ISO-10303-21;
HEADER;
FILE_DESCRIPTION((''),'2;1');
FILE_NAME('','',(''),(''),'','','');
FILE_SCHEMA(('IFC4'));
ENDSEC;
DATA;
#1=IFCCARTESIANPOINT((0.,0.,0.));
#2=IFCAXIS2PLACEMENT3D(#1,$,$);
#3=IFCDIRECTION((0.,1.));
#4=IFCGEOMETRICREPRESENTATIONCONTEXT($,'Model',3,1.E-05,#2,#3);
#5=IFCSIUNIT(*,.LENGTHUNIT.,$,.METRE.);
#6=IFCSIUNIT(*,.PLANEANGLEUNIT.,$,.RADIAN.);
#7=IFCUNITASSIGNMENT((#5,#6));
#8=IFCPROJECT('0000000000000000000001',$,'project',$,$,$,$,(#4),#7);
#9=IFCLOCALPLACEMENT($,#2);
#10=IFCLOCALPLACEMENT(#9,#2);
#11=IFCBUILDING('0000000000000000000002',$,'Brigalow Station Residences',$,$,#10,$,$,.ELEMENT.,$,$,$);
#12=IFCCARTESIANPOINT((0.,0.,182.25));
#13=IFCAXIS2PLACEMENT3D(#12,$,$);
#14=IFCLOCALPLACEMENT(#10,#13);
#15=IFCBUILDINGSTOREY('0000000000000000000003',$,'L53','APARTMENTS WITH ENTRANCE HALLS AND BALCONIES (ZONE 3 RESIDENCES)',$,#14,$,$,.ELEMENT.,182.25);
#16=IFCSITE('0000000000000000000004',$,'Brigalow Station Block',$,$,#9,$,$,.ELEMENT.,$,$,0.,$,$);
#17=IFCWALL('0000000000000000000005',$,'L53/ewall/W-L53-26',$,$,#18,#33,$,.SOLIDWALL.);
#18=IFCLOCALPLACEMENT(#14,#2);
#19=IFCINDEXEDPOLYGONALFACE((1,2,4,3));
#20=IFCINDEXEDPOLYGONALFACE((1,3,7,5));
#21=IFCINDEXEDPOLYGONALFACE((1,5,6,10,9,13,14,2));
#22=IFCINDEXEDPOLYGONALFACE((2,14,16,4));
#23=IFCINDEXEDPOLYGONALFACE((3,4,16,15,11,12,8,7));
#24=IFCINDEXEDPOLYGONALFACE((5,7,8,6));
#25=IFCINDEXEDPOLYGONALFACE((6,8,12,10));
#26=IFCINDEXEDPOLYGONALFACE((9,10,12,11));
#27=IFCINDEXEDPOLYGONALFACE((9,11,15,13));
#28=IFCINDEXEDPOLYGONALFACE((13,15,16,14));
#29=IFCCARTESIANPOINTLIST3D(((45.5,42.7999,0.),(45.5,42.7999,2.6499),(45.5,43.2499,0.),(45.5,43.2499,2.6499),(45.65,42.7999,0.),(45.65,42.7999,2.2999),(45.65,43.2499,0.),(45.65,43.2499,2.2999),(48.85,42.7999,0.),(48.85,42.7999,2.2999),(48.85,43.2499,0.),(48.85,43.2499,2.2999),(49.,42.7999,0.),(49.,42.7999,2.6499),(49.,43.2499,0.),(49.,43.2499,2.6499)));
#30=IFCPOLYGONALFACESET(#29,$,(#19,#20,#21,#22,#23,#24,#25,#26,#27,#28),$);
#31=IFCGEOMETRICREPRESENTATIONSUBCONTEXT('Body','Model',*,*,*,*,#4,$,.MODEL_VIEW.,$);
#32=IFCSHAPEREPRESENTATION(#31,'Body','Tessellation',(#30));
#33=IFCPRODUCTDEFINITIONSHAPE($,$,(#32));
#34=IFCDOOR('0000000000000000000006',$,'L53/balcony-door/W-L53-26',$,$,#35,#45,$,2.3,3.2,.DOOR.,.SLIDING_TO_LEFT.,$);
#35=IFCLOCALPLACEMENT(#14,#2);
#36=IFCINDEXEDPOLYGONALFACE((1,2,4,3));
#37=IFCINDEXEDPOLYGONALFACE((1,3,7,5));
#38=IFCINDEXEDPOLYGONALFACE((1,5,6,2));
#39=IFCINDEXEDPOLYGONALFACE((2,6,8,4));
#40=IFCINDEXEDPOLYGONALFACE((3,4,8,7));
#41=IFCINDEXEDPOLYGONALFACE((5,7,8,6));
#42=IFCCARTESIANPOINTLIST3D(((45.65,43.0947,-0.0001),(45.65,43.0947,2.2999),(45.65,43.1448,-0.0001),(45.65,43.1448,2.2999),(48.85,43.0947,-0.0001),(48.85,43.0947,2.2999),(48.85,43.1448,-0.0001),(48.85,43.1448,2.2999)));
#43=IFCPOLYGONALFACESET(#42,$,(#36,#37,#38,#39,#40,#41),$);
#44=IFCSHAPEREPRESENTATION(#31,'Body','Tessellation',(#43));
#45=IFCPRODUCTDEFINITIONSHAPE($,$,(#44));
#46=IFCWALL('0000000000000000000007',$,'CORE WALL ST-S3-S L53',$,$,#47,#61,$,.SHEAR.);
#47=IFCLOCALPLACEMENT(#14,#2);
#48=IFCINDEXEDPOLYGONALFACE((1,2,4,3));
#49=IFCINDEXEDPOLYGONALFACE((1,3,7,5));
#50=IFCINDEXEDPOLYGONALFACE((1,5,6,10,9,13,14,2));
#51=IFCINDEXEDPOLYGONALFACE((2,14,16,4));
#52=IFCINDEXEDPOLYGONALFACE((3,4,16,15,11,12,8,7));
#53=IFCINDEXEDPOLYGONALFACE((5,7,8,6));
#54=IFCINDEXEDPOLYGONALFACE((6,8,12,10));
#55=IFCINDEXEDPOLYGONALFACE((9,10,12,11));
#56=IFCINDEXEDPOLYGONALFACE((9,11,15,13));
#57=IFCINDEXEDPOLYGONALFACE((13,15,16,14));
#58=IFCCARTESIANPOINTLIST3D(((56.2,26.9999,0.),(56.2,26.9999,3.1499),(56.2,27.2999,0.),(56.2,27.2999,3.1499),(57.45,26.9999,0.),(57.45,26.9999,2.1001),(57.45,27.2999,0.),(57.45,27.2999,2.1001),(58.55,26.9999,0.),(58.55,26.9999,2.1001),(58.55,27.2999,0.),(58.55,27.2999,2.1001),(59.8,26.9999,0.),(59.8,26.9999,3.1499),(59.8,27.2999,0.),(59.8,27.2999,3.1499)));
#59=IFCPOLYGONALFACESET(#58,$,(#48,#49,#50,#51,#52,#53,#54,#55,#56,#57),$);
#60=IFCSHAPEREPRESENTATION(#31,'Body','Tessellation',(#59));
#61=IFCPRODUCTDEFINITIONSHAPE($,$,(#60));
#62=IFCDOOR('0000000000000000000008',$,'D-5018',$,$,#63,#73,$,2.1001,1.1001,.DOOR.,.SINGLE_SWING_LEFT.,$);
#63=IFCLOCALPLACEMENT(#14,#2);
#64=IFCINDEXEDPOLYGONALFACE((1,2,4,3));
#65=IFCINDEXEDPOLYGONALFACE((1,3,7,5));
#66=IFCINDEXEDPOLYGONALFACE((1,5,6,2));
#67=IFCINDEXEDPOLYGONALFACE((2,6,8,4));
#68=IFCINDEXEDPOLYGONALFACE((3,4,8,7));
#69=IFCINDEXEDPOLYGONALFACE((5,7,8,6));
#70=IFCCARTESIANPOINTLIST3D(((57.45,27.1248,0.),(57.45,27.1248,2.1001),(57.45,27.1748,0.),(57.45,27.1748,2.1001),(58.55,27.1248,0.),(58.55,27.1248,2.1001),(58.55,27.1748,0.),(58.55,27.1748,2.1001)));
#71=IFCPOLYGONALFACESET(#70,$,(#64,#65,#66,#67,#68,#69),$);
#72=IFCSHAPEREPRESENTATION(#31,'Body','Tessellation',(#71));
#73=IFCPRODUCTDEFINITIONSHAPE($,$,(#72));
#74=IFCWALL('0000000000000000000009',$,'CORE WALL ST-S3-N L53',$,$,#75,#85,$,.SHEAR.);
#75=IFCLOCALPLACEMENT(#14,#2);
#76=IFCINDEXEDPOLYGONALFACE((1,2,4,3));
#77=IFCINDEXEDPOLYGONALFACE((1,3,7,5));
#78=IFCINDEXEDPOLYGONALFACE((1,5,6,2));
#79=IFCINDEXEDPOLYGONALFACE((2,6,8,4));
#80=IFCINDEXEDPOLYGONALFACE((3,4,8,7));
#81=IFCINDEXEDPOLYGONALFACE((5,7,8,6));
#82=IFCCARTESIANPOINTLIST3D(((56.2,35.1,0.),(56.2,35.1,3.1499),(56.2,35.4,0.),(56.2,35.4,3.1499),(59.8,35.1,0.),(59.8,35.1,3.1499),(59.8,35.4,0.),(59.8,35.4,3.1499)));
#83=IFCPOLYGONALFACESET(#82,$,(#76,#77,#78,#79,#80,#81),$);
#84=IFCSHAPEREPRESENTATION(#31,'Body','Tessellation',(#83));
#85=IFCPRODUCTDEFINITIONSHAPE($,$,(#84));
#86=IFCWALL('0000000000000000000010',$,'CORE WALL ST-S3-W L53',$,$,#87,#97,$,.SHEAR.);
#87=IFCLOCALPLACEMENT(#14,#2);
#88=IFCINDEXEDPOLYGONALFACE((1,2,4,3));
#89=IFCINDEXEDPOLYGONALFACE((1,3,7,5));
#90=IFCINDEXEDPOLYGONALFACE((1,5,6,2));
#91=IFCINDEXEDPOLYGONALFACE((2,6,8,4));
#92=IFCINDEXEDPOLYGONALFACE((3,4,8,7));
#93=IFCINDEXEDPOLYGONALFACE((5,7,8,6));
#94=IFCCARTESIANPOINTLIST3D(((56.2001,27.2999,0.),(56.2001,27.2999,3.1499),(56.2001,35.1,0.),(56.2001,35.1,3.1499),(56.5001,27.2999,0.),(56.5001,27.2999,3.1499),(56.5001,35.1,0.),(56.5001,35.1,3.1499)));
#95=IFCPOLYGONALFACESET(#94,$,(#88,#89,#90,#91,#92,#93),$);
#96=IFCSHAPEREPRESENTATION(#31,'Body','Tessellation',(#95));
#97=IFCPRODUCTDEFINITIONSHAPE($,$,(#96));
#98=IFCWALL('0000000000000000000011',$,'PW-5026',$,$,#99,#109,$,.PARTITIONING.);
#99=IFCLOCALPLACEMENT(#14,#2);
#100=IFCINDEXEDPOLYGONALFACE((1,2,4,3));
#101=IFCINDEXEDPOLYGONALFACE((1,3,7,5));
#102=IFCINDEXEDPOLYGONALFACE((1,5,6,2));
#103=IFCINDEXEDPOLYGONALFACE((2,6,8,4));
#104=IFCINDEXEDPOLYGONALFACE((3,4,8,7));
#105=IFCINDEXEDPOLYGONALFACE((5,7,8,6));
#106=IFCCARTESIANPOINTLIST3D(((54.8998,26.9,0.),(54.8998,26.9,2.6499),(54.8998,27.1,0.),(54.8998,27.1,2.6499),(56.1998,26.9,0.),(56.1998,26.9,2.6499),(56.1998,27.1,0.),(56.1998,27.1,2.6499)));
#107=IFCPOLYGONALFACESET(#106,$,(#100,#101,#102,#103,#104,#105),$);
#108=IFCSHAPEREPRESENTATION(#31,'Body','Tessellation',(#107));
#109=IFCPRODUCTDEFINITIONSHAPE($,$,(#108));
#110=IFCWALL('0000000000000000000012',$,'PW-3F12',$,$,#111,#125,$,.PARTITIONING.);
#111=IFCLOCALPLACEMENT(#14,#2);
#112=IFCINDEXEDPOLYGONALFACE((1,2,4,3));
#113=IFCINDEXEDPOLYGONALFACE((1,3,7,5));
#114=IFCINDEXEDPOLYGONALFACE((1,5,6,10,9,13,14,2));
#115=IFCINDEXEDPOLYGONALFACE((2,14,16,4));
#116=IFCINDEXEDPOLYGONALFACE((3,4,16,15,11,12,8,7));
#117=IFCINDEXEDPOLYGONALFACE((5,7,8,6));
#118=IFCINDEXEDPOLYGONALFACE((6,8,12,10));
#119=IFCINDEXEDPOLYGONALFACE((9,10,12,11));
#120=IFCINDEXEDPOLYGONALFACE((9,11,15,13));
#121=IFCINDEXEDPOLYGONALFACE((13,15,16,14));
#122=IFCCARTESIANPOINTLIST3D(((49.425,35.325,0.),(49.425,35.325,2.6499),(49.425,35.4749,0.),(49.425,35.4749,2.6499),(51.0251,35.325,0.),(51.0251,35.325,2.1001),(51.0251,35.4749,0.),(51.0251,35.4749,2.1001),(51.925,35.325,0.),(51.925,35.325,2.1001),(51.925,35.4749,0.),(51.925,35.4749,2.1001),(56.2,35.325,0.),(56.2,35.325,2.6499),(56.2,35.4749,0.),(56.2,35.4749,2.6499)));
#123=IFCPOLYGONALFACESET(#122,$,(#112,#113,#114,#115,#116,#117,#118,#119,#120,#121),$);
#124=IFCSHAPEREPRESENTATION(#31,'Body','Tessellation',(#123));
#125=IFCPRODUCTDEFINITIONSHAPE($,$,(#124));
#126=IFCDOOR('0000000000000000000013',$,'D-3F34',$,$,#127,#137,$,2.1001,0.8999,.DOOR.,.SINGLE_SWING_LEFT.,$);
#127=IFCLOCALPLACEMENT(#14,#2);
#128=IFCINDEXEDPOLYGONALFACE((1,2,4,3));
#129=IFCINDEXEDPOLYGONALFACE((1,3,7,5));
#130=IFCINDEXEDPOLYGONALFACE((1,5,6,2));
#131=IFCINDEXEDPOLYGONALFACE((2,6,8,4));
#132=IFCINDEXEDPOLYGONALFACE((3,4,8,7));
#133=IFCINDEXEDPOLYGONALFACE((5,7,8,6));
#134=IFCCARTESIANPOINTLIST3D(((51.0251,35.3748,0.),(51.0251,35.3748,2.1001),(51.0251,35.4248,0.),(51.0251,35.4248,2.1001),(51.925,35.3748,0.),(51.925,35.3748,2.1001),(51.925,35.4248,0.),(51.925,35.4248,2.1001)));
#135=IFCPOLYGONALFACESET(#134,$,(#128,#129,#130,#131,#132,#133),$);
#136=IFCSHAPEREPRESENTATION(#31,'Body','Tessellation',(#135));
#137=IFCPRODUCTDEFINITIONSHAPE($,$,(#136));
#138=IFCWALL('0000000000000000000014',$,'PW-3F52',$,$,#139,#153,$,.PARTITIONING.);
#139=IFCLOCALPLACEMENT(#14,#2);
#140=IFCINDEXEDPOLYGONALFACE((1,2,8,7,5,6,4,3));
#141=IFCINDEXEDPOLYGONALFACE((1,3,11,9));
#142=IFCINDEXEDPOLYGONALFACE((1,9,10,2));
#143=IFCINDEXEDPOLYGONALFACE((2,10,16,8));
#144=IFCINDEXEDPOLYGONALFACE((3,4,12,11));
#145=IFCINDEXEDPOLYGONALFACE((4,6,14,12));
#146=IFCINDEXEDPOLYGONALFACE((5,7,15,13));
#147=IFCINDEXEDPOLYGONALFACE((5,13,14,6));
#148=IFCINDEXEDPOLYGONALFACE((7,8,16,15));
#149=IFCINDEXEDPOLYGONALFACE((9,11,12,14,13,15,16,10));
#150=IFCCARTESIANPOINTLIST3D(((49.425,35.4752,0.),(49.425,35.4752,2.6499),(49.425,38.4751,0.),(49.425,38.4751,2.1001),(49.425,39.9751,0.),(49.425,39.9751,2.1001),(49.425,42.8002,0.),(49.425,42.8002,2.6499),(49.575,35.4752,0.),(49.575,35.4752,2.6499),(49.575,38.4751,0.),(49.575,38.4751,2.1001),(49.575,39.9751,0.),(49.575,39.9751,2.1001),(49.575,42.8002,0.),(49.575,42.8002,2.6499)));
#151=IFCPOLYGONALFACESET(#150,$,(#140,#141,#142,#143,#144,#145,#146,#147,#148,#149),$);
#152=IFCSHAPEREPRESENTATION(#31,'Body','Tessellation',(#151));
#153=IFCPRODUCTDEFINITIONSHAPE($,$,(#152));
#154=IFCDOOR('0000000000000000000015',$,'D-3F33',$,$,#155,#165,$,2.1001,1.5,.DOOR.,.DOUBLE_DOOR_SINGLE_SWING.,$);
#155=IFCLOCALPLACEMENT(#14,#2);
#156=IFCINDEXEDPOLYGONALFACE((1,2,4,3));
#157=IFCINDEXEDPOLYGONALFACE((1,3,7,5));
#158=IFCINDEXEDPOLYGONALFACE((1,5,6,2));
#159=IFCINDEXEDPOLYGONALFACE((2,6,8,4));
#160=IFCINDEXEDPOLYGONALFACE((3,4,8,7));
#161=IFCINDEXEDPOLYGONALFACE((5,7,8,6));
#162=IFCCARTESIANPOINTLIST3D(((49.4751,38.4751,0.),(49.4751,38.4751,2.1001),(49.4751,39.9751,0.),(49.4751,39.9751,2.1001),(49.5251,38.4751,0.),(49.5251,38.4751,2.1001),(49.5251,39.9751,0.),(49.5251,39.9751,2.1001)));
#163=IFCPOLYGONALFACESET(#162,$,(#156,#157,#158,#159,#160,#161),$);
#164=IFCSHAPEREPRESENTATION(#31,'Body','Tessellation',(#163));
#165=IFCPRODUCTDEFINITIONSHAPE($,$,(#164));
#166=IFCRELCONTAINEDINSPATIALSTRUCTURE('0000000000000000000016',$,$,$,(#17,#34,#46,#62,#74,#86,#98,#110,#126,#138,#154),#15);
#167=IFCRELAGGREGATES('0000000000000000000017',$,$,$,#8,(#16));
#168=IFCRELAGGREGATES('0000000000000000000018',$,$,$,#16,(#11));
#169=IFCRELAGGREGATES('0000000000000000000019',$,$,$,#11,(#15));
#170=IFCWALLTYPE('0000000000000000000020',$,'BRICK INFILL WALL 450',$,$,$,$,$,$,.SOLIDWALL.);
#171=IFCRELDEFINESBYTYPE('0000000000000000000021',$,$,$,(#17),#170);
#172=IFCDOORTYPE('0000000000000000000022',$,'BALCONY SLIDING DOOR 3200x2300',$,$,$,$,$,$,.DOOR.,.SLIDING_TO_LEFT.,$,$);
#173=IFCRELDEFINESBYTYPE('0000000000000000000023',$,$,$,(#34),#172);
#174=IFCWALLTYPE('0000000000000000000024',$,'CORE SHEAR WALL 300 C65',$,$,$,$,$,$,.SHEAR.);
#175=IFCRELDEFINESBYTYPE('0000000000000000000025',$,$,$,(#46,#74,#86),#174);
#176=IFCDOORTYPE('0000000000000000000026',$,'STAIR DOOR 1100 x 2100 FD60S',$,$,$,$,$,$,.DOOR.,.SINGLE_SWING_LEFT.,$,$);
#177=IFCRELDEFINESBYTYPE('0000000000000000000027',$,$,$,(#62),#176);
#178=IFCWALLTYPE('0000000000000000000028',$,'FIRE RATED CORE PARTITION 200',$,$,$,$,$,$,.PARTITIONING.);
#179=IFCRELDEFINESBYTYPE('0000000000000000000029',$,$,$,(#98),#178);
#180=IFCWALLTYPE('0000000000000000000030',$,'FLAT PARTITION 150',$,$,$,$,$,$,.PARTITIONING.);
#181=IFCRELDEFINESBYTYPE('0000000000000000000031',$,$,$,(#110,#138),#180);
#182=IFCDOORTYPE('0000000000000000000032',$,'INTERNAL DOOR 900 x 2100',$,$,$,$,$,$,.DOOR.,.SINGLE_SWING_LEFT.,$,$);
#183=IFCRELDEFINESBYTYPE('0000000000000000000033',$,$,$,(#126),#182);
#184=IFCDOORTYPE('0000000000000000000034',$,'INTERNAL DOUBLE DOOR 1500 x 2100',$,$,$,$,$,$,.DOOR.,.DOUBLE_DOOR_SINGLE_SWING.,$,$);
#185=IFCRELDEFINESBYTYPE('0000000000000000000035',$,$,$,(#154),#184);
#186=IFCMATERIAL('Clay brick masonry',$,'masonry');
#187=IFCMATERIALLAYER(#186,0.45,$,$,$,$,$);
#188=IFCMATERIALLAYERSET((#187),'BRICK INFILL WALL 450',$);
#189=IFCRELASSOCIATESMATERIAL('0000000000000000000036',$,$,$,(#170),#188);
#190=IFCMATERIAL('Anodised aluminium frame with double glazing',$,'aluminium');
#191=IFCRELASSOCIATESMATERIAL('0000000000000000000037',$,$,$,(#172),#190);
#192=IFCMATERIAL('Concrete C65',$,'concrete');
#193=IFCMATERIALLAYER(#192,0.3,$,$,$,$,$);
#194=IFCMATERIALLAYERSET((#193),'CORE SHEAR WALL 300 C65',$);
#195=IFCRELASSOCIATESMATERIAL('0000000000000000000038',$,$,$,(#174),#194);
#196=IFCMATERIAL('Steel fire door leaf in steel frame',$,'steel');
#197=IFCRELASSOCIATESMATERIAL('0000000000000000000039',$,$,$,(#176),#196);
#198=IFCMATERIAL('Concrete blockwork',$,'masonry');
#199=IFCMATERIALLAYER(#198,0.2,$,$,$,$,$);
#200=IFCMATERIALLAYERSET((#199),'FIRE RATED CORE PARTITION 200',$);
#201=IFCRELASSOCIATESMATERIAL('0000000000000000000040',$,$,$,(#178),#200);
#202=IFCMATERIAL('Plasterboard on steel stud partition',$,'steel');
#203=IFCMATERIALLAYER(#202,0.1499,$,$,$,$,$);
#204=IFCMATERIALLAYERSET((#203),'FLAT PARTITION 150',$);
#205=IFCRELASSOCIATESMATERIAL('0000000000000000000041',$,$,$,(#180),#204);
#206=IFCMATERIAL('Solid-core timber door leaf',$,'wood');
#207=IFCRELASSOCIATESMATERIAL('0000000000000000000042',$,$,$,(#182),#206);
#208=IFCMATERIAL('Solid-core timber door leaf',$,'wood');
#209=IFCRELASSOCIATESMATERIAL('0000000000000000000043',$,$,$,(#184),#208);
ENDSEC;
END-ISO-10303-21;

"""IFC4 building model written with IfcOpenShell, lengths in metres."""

from ifc_helpers import new_model, si_unit, direction, frame, frame_2d, origin, place, context, subcontext, project, spatial, rectangle, extrude, material, layer, layer_set, type_object, element, fill, save


model = new_model("IFC4")

# Units and contexts
model_context = context("Model", 3, precision=1e-05, world=origin(), true_north=direction((0.0, 1.0)))
body_context = subcontext(model_context, "Body", "Model", "MODEL_VIEW")
ifc_project = project(units=[si_unit("LENGTHUNIT", "METRE"), si_unit("PLANEANGLEUNIT", "RADIAN")], contexts=[model_context])

# Site, building, storey
site_placement = place(None, origin())
site = spatial("IfcSite", under=ifc_project, at=site_placement, Name="Brigalow Station Block", CompositionType="ELEMENT", RefElevation=0.0)
building_placement = place(site_placement, origin())
building = spatial("IfcBuilding", under=site, at=building_placement, Name="Brigalow Station Residences", CompositionType="ELEMENT")
storey_placement = place(building_placement, frame((0.0, 0.0, 182.25)))
storey = spatial("IfcBuildingStorey", under=building, at=storey_placement, Name="L53", Description="APARTMENTS WITH ENTRANCE HALLS AND BALCONIES (ZONE 3 RESIDENCES)", CompositionType="ELEMENT", Elevation=182.25)

# Walls, openings, doors
ifc_material_1 = material(Name="Clay brick masonry", Category="masonry")
ifc_layer_1 = layer(ifc_material_1, 0.45)
ifc_layer_set_1 = layer_set([ifc_layer_1], Name="BRICK INFILL WALL 450")
wall_type_1 = type_object("IfcWallType", Name="BRICK INFILL WALL 450", PredefinedType="SOLIDWALL", material=ifc_layer_set_1)
ifc_material_2 = material(Name="Anodised aluminium frame with double glazing", Category="aluminium")
door_type_1 = type_object("IfcDoorType", Name="BALCONY SLIDING DOOR 3200x2300", OperationType="SLIDING_TO_LEFT", PredefinedType="DOOR", material=ifc_material_2)
wall_1_placement = place(storey_placement, frame((49.0, 43.0249, 0.0), z_axis=(0.0, 0.0, 1.0), x_axis=(-1.0, 0.0, 0.0)))
wall_1 = element("IfcWall", 1, at=wall_1_placement, inside=storey, type_object=wall_type_1, Name="L53/ewall/W-L53-26", PredefinedType="SOLIDWALL", context=body_context, shape_type="SweptSolid", body=[
    extrude(rectangle(XDim=3.5, YDim=0.45, at=frame_2d((1.75, 0.0))), origin(), (0.0, 0.0, 1.0), 2.6499),
])
opening_1_placement = place(wall_1_placement, frame((0.1499, 0.0, 0.0)))
opening_1 = element("IfcOpeningElement", 2, at=opening_1_placement, cuts=wall_1, PredefinedType="OPENING", context=body_context, shape_type="SweptSolid", body=[
    extrude(rectangle(XDim=3.2, YDim=2.3, at=frame_2d((1.6001, 1.1499))), frame((0.0, 0.2349, 0.0), z_axis=(0.0, -1.0, 0.0), x_axis=(1.0, 0.0, 0.0)), (0.0, 0.0, 1.0), 0.47),
])
door_1_placement = place(opening_1_placement, origin())
door_1 = element("IfcDoor", 3, at=door_1_placement, inside=storey, type_object=door_type_1, Name="L53/balcony-door/W-L53-26", OperationType="SLIDING_TO_LEFT", OverallHeight=2.3, OverallWidth=3.2, PredefinedType="DOOR", context=body_context, shape_type="SweptSolid", body=[
    extrude(rectangle(XDim=3.2, YDim=2.3, at=frame_2d((1.6001, 1.1499))), frame((0.0, -0.0698, 0.0), z_axis=(0.0, -1.0, 0.0), x_axis=(1.0, 0.0, 0.0)), (0.0, 0.0, 1.0), 0.05),
])
fill(opening_1, door_1)
ifc_material_3 = material(Name="Concrete C65", Category="concrete")
ifc_layer_2 = layer(ifc_material_3, 0.3)
ifc_layer_set_2 = layer_set([ifc_layer_2], Name="CORE SHEAR WALL 300 C65")
wall_type_2 = type_object("IfcWallType", Name="CORE SHEAR WALL 300 C65", PredefinedType="SHEAR", material=ifc_layer_set_2)
wall_2_placement = place(storey_placement, frame((56.2, 27.1499, 0.0), z_axis=(0.0, 0.0, 1.0), x_axis=(1.0, 0.0, 0.0)))
wall_2 = element("IfcWall", 4, at=wall_2_placement, inside=storey, type_object=wall_type_2, Name="CORE WALL ST-S3-S L53", PredefinedType="SHEAR", context=body_context, shape_type="SweptSolid", body=[
    extrude(rectangle(XDim=3.6001, YDim=0.3, at=frame_2d((1.8, 0.0))), origin(), (0.0, 0.0, 1.0), 3.1499),
])
opening_2_placement = place(wall_2_placement, frame((1.25, 0.0, 0.0)))
opening_2 = element("IfcOpeningElement", 5, at=opening_2_placement, cuts=wall_2, PredefinedType="OPENING", context=body_context, shape_type="SweptSolid", body=[
    extrude(rectangle(XDim=1.1001, YDim=2.1001, at=frame_2d((0.55, 1.05))), frame((0.0, 0.1602, 0.0), z_axis=(0.0, -1.0, 0.0), x_axis=(1.0, 0.0, 0.0)), (0.0, 0.0, 1.0), 0.3201),
])
ifc_material_4 = material(Name="Steel fire door leaf in steel frame", Category="steel")
door_type_2 = type_object("IfcDoorType", Name="STAIR DOOR 1100 x 2100 FD60S", OperationType="SINGLE_SWING_LEFT", PredefinedType="DOOR", material=ifc_material_4)
door_2_placement = place(opening_2_placement, origin())
door_2 = element("IfcDoor", 6, at=door_2_placement, inside=storey, type_object=door_type_2, Name="D-5018", OperationType="SINGLE_SWING_LEFT", OverallHeight=2.1001, OverallWidth=1.1001, PredefinedType="DOOR", context=body_context, shape_type="SweptSolid", body=[
    extrude(rectangle(XDim=1.1001, YDim=2.1001, at=frame_2d((0.55, 1.05))), frame((0.0, 0.0249, 0.0), z_axis=(0.0, -1.0, 0.0), x_axis=(1.0, 0.0, 0.0)), (0.0, 0.0, 1.0), 0.05),
])
fill(opening_2, door_2)

# Walls
wall_3_placement = place(storey_placement, frame((56.2, 35.25, 0.0), z_axis=(0.0, 0.0, 1.0), x_axis=(1.0, 0.0, 0.0)))
element("IfcWall", 7, at=wall_3_placement, inside=storey, type_object=wall_type_2, Name="CORE WALL ST-S3-N L53", PredefinedType="SHEAR", context=body_context, shape_type="SweptSolid", body=[
    extrude(rectangle(XDim=3.6001, YDim=0.3, at=frame_2d((1.8, 0.0))), origin(), (0.0, 0.0, 1.0), 3.1499),
])
wall_4_placement = place(storey_placement, frame((56.3501, 27.3, 0.0), z_axis=(0.0, 0.0, 1.0), x_axis=(0.0, 1.0, 0.0)))
element("IfcWall", 8, at=wall_4_placement, inside=storey, type_object=wall_type_2, Name="CORE WALL ST-S3-W L53", PredefinedType="SHEAR", context=body_context, shape_type="SweptSolid", body=[
    extrude(rectangle(XDim=7.8, YDim=0.3, at=frame_2d((3.8999, 0.0))), origin(), (0.0, 0.0, 1.0), 3.1499),
])
ifc_material_5 = material(Name="Concrete blockwork", Category="masonry")
ifc_layer_3 = layer(ifc_material_5, 0.2)
ifc_layer_set_3 = layer_set([ifc_layer_3], Name="FIRE RATED CORE PARTITION 200")
wall_type_3 = type_object("IfcWallType", Name="FIRE RATED CORE PARTITION 200", PredefinedType="PARTITIONING", material=ifc_layer_set_3)
wall_5_placement = place(storey_placement, frame((54.8999, 27.0, 0.0), z_axis=(0.0, 0.0, 1.0), x_axis=(1.0, 0.0, 0.0)))
element("IfcWall", 9, at=wall_5_placement, inside=storey, type_object=wall_type_3, Name="PW-5026", PredefinedType="PARTITIONING", context=body_context, shape_type="SweptSolid", body=[
    extrude(rectangle(XDim=1.3, YDim=0.2, at=frame_2d((0.6499, 0.0))), origin(), (0.0, 0.0, 1.0), 2.6499),
])

# Walls, openings, doors
ifc_material_6 = material(Name="Plasterboard on steel stud partition", Category="steel")
ifc_layer_4 = layer(ifc_material_6, 0.1499)
ifc_layer_set_4 = layer_set([ifc_layer_4], Name="FLAT PARTITION 150")
wall_type_4 = type_object("IfcWallType", Name="FLAT PARTITION 150", PredefinedType="PARTITIONING", material=ifc_layer_set_4)
wall_6_placement = place(storey_placement, frame((49.425, 35.3999, 0.0), z_axis=(0.0, 0.0, 1.0), x_axis=(1.0, 0.0, 0.0)))
wall_6 = element("IfcWall", 10, at=wall_6_placement, inside=storey, type_object=wall_type_4, Name="PW-3F12", PredefinedType="PARTITIONING", context=body_context, shape_type="SweptSolid", body=[
    extrude(rectangle(XDim=6.7749, YDim=0.1499, at=frame_2d((3.3875, 0.0))), origin(), (0.0, 0.0, 1.0), 2.6499),
])
opening_3_placement = place(wall_6_placement, frame((1.6001, 0.0, 0.0)))
opening_3 = element("IfcOpeningElement", 11, at=opening_3_placement, cuts=wall_6, PredefinedType="OPENING", context=body_context, shape_type="SweptSolid", body=[
    extrude(rectangle(XDim=0.8999, YDim=2.1001, at=frame_2d((0.45, 1.05))), frame((0.0, 0.085, 0.0), z_axis=(0.0, -1.0, 0.0), x_axis=(1.0, 0.0, 0.0)), (0.0, 0.0, 1.0), 0.1699),
])
ifc_material_7 = material(Name="Solid-core timber door leaf", Category="wood")
door_type_3 = type_object("IfcDoorType", Name="INTERNAL DOOR 900 x 2100", OperationType="SINGLE_SWING_LEFT", PredefinedType="DOOR", material=ifc_material_7)
door_3_placement = place(opening_3_placement, origin())
door_3 = element("IfcDoor", 12, at=door_3_placement, inside=storey, type_object=door_type_3, Name="D-3F34", OperationType="SINGLE_SWING_LEFT", OverallHeight=2.1001, OverallWidth=0.8999, PredefinedType="DOOR", context=body_context, shape_type="SweptSolid", body=[
    extrude(rectangle(XDim=0.8999, YDim=2.1001, at=frame_2d((0.45, 1.05))), frame((0.0, 0.0249, 0.0), z_axis=(0.0, -1.0, 0.0), x_axis=(1.0, 0.0, 0.0)), (0.0, 0.0, 1.0), 0.05),
])
fill(opening_3, door_3)
wall_7_placement = place(storey_placement, frame((49.5, 35.4751, 0.0), z_axis=(0.0, 0.0, 1.0), x_axis=(0.0, 1.0, 0.0)))
wall_7 = element("IfcWall", 13, at=wall_7_placement, inside=storey, type_object=wall_type_4, Name="PW-3F52", PredefinedType="PARTITIONING", context=body_context, shape_type="SweptSolid", body=[
    extrude(rectangle(XDim=7.325, YDim=0.1499, at=frame_2d((3.6626, 0.0))), origin(), (0.0, 0.0, 1.0), 2.6499),
])
opening_4_placement = place(wall_7_placement, frame((3.0, 0.0, 0.0)))
opening_4 = element("IfcOpeningElement", 14, at=opening_4_placement, cuts=wall_7, PredefinedType="OPENING", context=body_context, shape_type="SweptSolid", body=[
    extrude(rectangle(XDim=1.5, YDim=2.1001, at=frame_2d((0.75, 1.05))), frame((0.0, 0.085, 0.0), z_axis=(0.0, -1.0, 0.0), x_axis=(1.0, 0.0, 0.0)), (0.0, 0.0, 1.0), 0.1699),
])
ifc_material_8 = material(Name="Solid-core timber door leaf", Category="wood")
door_type_4 = type_object("IfcDoorType", Name="INTERNAL DOUBLE DOOR 1500 x 2100", OperationType="DOUBLE_DOOR_SINGLE_SWING", PredefinedType="DOOR", material=ifc_material_8)
door_4_placement = place(opening_4_placement, origin())
door_4 = element("IfcDoor", 15, at=door_4_placement, inside=storey, type_object=door_type_4, Name="D-3F33", OperationType="DOUBLE_DOOR_SINGLE_SWING", OverallHeight=2.1001, OverallWidth=1.5, PredefinedType="DOOR", context=body_context, shape_type="SweptSolid", body=[
    extrude(rectangle(XDim=1.5, YDim=2.1001, at=frame_2d((0.75, 1.05))), frame((0.0, 0.0249, 0.0), z_axis=(0.0, -1.0, 0.0), x_axis=(1.0, 0.0, 0.0)), (0.0, 0.0, 1.0), 0.05),
])
fill(opening_4, door_4)

save(model, "model.ifc")
